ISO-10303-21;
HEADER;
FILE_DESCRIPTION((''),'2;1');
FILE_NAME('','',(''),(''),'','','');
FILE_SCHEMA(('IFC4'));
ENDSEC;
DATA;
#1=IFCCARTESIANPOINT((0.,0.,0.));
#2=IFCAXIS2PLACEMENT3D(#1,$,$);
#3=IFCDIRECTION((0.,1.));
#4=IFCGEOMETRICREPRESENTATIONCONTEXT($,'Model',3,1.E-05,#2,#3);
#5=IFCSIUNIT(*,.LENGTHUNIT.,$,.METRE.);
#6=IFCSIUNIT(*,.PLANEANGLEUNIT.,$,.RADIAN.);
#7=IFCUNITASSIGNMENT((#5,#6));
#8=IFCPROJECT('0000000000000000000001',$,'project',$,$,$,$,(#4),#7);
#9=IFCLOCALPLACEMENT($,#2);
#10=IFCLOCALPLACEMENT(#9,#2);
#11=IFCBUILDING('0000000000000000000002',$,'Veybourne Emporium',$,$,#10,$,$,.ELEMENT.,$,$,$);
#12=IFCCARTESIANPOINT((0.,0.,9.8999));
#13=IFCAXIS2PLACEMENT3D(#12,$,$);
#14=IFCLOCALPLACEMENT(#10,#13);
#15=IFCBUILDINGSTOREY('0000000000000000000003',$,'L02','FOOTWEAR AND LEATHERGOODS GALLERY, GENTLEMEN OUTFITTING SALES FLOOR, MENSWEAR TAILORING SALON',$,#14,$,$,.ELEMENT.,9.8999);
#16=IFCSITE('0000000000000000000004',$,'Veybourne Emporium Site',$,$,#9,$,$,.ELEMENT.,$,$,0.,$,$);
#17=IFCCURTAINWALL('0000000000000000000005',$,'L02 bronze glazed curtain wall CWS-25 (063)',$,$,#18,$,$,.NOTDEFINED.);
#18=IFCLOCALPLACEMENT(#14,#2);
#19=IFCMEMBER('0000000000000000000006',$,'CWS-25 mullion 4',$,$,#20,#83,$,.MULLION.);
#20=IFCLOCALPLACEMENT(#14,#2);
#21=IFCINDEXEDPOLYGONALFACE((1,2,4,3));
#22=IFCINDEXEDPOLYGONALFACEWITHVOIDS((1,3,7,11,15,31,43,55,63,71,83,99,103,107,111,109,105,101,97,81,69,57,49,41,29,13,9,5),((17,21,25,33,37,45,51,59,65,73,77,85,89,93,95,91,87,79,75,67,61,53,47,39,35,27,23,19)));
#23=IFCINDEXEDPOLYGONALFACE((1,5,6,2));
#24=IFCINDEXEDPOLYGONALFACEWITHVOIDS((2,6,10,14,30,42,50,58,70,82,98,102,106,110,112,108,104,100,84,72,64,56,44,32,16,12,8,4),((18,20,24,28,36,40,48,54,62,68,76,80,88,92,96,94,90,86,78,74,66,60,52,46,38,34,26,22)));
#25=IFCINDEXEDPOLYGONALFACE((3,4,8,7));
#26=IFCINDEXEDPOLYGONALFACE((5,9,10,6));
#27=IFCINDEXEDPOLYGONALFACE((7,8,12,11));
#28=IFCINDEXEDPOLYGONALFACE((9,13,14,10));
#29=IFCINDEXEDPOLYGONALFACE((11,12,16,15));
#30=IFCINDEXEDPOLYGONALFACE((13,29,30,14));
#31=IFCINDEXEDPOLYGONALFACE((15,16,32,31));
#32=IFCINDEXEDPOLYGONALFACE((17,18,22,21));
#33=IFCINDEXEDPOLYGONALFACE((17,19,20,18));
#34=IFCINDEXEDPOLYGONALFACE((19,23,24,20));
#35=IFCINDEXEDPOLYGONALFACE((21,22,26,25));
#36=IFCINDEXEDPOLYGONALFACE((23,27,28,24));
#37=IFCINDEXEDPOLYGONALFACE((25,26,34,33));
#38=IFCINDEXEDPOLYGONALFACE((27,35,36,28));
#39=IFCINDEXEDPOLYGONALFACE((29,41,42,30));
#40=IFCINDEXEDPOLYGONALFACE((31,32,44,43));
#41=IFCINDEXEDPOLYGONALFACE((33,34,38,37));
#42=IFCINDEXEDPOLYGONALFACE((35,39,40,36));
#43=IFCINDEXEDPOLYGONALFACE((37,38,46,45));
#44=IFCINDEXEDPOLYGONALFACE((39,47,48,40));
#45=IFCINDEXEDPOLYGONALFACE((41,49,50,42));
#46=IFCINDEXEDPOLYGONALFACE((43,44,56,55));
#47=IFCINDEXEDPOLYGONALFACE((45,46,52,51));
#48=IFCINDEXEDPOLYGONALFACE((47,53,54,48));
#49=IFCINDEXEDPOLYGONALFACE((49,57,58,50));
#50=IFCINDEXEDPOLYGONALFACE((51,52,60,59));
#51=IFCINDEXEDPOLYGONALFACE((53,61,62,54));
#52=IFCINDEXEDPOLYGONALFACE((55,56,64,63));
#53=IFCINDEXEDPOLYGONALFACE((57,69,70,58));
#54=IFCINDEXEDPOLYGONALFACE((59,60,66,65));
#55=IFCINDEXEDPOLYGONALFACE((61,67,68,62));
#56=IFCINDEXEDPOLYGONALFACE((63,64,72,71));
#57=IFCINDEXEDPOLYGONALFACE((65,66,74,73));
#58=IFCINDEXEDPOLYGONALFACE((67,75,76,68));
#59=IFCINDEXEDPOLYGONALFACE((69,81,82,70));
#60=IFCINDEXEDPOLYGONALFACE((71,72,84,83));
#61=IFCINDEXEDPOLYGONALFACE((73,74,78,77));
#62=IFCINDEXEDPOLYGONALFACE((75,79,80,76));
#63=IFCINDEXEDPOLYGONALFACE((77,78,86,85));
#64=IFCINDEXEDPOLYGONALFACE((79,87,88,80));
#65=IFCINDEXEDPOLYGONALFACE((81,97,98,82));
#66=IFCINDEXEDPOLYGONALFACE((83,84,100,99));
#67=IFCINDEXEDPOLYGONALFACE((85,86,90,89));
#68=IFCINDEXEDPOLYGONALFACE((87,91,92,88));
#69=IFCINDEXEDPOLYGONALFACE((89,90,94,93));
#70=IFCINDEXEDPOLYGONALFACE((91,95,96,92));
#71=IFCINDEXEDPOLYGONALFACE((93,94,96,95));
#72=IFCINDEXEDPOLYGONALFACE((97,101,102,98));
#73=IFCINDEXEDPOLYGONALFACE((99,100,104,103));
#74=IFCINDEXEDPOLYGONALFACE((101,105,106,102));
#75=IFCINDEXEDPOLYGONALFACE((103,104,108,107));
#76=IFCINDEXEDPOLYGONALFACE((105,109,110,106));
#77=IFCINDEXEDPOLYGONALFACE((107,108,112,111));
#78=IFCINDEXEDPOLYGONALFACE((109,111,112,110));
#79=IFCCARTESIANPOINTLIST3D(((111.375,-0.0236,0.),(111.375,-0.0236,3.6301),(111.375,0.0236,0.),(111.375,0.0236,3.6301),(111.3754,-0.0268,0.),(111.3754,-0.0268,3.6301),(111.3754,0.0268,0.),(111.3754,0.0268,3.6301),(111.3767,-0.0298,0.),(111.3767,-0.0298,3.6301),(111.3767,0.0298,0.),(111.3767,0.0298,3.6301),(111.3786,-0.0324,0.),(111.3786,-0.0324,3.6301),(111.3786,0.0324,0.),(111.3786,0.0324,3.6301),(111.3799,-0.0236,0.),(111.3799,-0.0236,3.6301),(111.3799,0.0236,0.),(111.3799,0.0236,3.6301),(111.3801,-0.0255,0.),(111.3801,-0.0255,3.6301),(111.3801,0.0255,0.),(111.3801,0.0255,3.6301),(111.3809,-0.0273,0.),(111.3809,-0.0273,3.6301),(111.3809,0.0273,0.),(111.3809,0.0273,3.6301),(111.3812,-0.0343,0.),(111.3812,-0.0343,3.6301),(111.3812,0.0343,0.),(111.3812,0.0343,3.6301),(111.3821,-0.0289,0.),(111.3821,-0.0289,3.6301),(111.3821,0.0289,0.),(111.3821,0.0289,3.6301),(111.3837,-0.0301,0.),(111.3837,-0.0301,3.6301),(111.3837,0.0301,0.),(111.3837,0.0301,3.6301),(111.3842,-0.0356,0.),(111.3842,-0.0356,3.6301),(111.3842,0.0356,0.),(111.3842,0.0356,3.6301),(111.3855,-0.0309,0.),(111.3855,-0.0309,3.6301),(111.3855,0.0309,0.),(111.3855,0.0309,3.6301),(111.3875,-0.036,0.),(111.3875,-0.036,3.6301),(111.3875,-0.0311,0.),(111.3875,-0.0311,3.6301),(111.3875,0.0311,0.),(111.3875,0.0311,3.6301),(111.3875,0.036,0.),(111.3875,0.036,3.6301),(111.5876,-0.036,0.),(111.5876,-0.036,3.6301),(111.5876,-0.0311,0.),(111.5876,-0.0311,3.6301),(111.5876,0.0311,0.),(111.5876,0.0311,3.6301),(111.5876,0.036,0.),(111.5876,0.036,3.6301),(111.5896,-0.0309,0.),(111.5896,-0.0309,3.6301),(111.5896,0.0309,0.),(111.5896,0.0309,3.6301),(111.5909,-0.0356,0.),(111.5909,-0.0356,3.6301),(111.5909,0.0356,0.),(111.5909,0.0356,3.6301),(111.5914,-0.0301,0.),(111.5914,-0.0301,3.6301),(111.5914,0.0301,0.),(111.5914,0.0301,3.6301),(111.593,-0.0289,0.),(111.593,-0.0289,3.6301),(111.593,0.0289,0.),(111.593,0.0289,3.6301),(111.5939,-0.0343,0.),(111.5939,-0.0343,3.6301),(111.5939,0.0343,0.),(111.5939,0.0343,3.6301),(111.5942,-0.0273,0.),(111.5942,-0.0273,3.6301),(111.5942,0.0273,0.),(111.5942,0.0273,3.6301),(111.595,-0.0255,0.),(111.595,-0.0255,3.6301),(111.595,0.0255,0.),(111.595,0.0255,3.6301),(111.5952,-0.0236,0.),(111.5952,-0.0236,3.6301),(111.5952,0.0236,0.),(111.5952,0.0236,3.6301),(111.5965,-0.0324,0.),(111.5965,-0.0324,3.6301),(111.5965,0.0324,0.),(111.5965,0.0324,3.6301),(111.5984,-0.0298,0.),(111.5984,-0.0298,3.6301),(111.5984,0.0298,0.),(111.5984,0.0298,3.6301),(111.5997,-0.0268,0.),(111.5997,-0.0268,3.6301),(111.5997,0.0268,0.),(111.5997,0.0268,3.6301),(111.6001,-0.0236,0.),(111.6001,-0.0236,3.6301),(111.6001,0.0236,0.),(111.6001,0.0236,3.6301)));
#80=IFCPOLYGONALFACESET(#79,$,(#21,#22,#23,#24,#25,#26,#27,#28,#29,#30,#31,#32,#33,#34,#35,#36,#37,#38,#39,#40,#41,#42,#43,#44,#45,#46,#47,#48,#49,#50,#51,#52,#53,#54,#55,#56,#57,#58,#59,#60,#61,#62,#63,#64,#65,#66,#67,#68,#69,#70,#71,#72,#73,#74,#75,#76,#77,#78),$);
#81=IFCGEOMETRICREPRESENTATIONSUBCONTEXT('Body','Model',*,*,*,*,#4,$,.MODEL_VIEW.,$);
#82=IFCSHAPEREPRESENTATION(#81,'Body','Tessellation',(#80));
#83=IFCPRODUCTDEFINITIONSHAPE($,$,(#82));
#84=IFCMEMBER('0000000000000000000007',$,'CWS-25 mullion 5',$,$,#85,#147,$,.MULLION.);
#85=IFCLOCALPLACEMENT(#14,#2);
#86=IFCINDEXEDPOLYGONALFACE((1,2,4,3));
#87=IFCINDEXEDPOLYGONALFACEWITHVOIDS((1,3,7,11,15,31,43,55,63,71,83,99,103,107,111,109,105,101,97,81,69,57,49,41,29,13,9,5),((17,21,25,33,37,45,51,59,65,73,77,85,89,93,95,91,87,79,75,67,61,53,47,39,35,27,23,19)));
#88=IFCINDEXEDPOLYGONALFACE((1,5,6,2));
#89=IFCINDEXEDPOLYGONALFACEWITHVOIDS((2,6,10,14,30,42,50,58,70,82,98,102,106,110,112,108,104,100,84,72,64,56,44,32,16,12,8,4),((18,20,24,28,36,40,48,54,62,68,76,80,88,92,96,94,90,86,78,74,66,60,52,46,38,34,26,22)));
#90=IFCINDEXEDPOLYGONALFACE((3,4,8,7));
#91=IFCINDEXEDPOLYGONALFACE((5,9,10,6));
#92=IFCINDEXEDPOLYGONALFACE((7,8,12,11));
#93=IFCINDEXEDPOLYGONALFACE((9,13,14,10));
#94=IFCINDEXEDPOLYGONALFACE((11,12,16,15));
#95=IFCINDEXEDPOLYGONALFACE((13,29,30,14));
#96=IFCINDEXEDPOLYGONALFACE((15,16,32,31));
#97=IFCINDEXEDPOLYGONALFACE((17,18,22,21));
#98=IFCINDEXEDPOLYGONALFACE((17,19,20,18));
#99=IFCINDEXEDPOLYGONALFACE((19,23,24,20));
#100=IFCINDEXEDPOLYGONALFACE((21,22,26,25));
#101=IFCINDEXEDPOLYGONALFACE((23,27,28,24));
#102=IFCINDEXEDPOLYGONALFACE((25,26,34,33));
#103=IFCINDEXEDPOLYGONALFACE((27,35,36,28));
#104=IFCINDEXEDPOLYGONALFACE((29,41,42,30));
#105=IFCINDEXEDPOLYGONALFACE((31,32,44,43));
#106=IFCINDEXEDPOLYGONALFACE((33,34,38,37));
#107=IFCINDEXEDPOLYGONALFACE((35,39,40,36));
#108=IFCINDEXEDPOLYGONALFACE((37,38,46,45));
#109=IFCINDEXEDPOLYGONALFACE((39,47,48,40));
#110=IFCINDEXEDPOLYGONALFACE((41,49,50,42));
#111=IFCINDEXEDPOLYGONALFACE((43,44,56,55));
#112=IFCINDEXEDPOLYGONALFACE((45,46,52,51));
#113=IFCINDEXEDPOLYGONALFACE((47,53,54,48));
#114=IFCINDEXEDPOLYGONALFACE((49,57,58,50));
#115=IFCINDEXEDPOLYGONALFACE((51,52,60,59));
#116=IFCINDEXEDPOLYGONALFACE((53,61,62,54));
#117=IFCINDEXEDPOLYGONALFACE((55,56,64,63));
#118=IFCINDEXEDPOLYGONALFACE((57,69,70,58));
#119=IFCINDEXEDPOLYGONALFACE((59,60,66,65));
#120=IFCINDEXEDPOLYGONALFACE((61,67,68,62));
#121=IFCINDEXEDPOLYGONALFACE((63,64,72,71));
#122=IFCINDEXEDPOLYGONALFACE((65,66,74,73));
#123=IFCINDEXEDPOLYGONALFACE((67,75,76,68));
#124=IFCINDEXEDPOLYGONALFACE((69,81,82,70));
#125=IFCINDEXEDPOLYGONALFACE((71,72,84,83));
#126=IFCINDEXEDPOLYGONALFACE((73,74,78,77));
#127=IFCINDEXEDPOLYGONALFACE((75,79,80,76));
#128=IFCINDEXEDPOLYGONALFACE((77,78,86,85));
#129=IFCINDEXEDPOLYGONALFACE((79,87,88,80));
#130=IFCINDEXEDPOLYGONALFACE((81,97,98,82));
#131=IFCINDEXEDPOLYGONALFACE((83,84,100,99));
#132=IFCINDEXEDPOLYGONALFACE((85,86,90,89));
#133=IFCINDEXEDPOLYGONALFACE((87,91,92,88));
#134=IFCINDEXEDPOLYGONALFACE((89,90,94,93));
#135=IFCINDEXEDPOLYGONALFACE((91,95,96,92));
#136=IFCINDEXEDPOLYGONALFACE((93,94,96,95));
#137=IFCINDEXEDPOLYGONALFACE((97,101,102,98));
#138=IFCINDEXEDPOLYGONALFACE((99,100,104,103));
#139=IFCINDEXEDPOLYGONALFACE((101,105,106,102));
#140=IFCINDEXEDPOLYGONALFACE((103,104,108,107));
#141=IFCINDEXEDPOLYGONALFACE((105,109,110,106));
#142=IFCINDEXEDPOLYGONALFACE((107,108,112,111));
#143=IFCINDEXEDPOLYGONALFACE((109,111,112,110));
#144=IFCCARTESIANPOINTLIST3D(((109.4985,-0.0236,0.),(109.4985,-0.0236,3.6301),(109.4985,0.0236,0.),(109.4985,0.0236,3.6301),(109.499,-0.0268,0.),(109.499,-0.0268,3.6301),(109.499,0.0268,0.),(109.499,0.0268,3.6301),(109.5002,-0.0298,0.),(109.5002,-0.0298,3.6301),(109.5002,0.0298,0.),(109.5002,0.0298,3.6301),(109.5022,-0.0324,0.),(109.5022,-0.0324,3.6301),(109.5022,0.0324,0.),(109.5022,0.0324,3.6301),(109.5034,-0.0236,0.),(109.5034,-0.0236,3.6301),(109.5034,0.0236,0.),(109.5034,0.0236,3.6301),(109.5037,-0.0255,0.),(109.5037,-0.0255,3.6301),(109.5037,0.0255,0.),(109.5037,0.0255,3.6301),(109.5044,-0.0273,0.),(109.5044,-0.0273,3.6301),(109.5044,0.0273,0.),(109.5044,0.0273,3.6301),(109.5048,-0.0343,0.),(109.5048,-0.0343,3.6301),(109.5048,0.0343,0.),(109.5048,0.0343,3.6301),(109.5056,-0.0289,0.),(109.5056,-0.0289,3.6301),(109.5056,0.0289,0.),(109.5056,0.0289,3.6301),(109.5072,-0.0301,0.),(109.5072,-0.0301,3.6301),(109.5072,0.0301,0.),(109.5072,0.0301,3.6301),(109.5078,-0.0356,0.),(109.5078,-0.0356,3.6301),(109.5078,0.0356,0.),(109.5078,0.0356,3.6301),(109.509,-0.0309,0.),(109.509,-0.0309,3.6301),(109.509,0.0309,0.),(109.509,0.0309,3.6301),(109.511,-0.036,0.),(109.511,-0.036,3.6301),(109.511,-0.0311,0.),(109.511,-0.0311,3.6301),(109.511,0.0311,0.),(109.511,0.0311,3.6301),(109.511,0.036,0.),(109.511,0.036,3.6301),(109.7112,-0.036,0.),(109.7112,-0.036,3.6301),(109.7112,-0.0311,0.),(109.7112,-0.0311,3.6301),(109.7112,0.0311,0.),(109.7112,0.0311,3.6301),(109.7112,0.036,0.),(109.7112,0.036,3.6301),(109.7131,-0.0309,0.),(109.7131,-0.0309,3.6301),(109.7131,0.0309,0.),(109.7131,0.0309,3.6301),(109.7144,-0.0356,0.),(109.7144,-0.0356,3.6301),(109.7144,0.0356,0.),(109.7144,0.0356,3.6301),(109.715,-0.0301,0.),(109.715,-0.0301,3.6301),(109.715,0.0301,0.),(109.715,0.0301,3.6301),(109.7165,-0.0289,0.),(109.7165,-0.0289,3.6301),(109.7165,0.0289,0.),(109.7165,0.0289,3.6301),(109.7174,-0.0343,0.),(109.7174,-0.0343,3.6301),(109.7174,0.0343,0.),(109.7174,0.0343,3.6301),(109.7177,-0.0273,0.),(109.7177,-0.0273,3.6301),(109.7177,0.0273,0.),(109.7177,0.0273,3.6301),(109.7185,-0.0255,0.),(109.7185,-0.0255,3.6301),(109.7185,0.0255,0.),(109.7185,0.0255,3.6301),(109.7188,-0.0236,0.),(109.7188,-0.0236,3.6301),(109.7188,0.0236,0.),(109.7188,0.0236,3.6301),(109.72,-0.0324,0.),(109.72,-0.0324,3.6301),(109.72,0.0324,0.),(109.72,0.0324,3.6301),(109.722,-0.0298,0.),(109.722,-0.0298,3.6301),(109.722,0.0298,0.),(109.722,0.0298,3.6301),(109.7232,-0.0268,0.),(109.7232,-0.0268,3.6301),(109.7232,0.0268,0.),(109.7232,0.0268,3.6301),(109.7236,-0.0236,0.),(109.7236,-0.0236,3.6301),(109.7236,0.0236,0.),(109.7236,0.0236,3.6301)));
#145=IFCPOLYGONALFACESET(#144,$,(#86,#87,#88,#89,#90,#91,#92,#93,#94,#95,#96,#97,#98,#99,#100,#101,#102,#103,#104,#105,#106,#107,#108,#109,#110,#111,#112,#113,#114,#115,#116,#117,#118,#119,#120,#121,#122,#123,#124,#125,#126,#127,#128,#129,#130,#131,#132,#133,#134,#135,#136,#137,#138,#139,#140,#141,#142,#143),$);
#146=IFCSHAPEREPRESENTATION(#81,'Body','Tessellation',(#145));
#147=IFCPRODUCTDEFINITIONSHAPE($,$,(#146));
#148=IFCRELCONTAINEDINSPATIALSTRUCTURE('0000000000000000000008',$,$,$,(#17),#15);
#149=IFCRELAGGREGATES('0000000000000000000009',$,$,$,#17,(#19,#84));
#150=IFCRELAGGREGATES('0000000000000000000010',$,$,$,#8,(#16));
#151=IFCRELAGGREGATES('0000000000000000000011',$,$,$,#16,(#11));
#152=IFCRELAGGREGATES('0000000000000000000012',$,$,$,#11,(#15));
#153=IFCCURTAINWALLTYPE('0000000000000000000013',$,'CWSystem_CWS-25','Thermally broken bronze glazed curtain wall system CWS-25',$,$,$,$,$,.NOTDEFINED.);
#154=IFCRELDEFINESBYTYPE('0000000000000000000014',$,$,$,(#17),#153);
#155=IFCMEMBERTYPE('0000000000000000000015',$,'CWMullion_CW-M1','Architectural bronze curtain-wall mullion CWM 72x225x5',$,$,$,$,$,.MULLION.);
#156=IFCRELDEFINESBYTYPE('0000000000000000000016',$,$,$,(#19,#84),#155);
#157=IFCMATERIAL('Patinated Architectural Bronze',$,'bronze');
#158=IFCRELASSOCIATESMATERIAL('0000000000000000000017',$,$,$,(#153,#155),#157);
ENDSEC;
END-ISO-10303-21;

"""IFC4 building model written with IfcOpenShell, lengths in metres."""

from ifc_helpers import new_model, si_unit, direction, frame, origin, origin_2d, place, context, subcontext, project, spatial, hollow_rectangle, extrude, material, material_profile, profile_set, type_object, element, aggregate, save


model = new_model("IFC4")

# Units and contexts
model_context = context("Model", 3, precision=1e-05, world=origin(), true_north=direction((0.0, 1.0)))
body_context = subcontext(model_context, "Body", "Model", "MODEL_VIEW")
ifc_project = project(units=[si_unit("LENGTHUNIT", "METRE"), si_unit("PLANEANGLEUNIT", "RADIAN")], contexts=[model_context])

# Site, building, storey
site_placement = place(None, origin())
site = spatial("IfcSite", under=ifc_project, at=site_placement, Name="Veybourne Emporium Site", CompositionType="ELEMENT", RefElevation=0.0)
building_placement = place(site_placement, origin())
building = spatial("IfcBuilding", under=site, at=building_placement, Name="Veybourne Emporium", CompositionType="ELEMENT")
storey_placement = place(building_placement, frame((0.0, 0.0, 9.8999)))
storey = spatial("IfcBuildingStorey", under=building, at=storey_placement, Name="L02", Description="FOOTWEAR AND LEATHERGOODS GALLERY, GENTLEMEN OUTFITTING SALES FLOOR, MENSWEAR TAILORING SALON", CompositionType="ELEMENT", Elevation=9.8999)

# Curtain wall, members
ifc_material_1 = material(Name="Patinated Architectural Bronze", Category="bronze")
curtain_wall_type = type_object("IfcCurtainWallType", Name="CWSystem_CWS-25", Description="Thermally broken bronze glazed curtain wall system CWS-25", PredefinedType="NOTDEFINED", material=ifc_material_1)
curtain_wall_placement = place(storey_placement, origin())
curtain_wall = element("IfcCurtainWall", 1, at=curtain_wall_placement, inside=storey, type_object=curtain_wall_type, Name="L02 bronze glazed curtain wall CWS-25 (063)", PredefinedType="NOTDEFINED")
ifc_material_profile_1 = material_profile(ifc_material_1, hollow_rectangle(XDim=0.072, YDim=0.2251, WallThickness=0.0049, InnerFilletRadius=0.0076, OuterFilletRadius=0.0125, at=origin_2d()), Name="CWM 72x225x5")
ifc_profile_set_1 = profile_set([ifc_material_profile_1], Name="Patinated Architectural Bronze")
member_type_1 = type_object("IfcMemberType", Name="CWMullion_CW-M1", Description="Architectural bronze curtain-wall mullion CWM 72x225x5", PredefinedType="MULLION", material=ifc_profile_set_1)
member_1_placement = place(storey_placement, frame((111.4875, 0.0, 0.0), z_axis=(0.0, 0.0, 1.0), x_axis=(0.0, -1.0, 0.0)))
member_1 = element("IfcMember", 2, at=member_1_placement, type_object=member_type_1, Name="CWS-25 mullion 4", PredefinedType="MULLION", context=body_context, shape_type="SweptSolid", body=[
    extrude(hollow_rectangle(XDim=0.072, YDim=0.2251, WallThickness=0.0049, InnerFilletRadius=0.0076, OuterFilletRadius=0.0125, at=origin_2d()), origin(), (0.0, 0.0, 1.0), 3.6301),
])
member_2_placement = place(storey_placement, frame((109.6111, 0.0, 0.0), z_axis=(0.0, 0.0, 1.0), x_axis=(0.0, -1.0, 0.0)))
member_2 = element("IfcMember", 3, at=member_2_placement, type_object=member_type_1, Name="CWS-25 mullion 5", PredefinedType="MULLION", context=body_context, shape_type="SweptSolid", body=[
    extrude(hollow_rectangle(XDim=0.072, YDim=0.2251, WallThickness=0.0049, InnerFilletRadius=0.0076, OuterFilletRadius=0.0125, at=origin_2d()), origin(), (0.0, 0.0, 1.0), 3.6301),
])

aggregate(curtain_wall, [member_1, member_2])

save(model, "model.ifc")
